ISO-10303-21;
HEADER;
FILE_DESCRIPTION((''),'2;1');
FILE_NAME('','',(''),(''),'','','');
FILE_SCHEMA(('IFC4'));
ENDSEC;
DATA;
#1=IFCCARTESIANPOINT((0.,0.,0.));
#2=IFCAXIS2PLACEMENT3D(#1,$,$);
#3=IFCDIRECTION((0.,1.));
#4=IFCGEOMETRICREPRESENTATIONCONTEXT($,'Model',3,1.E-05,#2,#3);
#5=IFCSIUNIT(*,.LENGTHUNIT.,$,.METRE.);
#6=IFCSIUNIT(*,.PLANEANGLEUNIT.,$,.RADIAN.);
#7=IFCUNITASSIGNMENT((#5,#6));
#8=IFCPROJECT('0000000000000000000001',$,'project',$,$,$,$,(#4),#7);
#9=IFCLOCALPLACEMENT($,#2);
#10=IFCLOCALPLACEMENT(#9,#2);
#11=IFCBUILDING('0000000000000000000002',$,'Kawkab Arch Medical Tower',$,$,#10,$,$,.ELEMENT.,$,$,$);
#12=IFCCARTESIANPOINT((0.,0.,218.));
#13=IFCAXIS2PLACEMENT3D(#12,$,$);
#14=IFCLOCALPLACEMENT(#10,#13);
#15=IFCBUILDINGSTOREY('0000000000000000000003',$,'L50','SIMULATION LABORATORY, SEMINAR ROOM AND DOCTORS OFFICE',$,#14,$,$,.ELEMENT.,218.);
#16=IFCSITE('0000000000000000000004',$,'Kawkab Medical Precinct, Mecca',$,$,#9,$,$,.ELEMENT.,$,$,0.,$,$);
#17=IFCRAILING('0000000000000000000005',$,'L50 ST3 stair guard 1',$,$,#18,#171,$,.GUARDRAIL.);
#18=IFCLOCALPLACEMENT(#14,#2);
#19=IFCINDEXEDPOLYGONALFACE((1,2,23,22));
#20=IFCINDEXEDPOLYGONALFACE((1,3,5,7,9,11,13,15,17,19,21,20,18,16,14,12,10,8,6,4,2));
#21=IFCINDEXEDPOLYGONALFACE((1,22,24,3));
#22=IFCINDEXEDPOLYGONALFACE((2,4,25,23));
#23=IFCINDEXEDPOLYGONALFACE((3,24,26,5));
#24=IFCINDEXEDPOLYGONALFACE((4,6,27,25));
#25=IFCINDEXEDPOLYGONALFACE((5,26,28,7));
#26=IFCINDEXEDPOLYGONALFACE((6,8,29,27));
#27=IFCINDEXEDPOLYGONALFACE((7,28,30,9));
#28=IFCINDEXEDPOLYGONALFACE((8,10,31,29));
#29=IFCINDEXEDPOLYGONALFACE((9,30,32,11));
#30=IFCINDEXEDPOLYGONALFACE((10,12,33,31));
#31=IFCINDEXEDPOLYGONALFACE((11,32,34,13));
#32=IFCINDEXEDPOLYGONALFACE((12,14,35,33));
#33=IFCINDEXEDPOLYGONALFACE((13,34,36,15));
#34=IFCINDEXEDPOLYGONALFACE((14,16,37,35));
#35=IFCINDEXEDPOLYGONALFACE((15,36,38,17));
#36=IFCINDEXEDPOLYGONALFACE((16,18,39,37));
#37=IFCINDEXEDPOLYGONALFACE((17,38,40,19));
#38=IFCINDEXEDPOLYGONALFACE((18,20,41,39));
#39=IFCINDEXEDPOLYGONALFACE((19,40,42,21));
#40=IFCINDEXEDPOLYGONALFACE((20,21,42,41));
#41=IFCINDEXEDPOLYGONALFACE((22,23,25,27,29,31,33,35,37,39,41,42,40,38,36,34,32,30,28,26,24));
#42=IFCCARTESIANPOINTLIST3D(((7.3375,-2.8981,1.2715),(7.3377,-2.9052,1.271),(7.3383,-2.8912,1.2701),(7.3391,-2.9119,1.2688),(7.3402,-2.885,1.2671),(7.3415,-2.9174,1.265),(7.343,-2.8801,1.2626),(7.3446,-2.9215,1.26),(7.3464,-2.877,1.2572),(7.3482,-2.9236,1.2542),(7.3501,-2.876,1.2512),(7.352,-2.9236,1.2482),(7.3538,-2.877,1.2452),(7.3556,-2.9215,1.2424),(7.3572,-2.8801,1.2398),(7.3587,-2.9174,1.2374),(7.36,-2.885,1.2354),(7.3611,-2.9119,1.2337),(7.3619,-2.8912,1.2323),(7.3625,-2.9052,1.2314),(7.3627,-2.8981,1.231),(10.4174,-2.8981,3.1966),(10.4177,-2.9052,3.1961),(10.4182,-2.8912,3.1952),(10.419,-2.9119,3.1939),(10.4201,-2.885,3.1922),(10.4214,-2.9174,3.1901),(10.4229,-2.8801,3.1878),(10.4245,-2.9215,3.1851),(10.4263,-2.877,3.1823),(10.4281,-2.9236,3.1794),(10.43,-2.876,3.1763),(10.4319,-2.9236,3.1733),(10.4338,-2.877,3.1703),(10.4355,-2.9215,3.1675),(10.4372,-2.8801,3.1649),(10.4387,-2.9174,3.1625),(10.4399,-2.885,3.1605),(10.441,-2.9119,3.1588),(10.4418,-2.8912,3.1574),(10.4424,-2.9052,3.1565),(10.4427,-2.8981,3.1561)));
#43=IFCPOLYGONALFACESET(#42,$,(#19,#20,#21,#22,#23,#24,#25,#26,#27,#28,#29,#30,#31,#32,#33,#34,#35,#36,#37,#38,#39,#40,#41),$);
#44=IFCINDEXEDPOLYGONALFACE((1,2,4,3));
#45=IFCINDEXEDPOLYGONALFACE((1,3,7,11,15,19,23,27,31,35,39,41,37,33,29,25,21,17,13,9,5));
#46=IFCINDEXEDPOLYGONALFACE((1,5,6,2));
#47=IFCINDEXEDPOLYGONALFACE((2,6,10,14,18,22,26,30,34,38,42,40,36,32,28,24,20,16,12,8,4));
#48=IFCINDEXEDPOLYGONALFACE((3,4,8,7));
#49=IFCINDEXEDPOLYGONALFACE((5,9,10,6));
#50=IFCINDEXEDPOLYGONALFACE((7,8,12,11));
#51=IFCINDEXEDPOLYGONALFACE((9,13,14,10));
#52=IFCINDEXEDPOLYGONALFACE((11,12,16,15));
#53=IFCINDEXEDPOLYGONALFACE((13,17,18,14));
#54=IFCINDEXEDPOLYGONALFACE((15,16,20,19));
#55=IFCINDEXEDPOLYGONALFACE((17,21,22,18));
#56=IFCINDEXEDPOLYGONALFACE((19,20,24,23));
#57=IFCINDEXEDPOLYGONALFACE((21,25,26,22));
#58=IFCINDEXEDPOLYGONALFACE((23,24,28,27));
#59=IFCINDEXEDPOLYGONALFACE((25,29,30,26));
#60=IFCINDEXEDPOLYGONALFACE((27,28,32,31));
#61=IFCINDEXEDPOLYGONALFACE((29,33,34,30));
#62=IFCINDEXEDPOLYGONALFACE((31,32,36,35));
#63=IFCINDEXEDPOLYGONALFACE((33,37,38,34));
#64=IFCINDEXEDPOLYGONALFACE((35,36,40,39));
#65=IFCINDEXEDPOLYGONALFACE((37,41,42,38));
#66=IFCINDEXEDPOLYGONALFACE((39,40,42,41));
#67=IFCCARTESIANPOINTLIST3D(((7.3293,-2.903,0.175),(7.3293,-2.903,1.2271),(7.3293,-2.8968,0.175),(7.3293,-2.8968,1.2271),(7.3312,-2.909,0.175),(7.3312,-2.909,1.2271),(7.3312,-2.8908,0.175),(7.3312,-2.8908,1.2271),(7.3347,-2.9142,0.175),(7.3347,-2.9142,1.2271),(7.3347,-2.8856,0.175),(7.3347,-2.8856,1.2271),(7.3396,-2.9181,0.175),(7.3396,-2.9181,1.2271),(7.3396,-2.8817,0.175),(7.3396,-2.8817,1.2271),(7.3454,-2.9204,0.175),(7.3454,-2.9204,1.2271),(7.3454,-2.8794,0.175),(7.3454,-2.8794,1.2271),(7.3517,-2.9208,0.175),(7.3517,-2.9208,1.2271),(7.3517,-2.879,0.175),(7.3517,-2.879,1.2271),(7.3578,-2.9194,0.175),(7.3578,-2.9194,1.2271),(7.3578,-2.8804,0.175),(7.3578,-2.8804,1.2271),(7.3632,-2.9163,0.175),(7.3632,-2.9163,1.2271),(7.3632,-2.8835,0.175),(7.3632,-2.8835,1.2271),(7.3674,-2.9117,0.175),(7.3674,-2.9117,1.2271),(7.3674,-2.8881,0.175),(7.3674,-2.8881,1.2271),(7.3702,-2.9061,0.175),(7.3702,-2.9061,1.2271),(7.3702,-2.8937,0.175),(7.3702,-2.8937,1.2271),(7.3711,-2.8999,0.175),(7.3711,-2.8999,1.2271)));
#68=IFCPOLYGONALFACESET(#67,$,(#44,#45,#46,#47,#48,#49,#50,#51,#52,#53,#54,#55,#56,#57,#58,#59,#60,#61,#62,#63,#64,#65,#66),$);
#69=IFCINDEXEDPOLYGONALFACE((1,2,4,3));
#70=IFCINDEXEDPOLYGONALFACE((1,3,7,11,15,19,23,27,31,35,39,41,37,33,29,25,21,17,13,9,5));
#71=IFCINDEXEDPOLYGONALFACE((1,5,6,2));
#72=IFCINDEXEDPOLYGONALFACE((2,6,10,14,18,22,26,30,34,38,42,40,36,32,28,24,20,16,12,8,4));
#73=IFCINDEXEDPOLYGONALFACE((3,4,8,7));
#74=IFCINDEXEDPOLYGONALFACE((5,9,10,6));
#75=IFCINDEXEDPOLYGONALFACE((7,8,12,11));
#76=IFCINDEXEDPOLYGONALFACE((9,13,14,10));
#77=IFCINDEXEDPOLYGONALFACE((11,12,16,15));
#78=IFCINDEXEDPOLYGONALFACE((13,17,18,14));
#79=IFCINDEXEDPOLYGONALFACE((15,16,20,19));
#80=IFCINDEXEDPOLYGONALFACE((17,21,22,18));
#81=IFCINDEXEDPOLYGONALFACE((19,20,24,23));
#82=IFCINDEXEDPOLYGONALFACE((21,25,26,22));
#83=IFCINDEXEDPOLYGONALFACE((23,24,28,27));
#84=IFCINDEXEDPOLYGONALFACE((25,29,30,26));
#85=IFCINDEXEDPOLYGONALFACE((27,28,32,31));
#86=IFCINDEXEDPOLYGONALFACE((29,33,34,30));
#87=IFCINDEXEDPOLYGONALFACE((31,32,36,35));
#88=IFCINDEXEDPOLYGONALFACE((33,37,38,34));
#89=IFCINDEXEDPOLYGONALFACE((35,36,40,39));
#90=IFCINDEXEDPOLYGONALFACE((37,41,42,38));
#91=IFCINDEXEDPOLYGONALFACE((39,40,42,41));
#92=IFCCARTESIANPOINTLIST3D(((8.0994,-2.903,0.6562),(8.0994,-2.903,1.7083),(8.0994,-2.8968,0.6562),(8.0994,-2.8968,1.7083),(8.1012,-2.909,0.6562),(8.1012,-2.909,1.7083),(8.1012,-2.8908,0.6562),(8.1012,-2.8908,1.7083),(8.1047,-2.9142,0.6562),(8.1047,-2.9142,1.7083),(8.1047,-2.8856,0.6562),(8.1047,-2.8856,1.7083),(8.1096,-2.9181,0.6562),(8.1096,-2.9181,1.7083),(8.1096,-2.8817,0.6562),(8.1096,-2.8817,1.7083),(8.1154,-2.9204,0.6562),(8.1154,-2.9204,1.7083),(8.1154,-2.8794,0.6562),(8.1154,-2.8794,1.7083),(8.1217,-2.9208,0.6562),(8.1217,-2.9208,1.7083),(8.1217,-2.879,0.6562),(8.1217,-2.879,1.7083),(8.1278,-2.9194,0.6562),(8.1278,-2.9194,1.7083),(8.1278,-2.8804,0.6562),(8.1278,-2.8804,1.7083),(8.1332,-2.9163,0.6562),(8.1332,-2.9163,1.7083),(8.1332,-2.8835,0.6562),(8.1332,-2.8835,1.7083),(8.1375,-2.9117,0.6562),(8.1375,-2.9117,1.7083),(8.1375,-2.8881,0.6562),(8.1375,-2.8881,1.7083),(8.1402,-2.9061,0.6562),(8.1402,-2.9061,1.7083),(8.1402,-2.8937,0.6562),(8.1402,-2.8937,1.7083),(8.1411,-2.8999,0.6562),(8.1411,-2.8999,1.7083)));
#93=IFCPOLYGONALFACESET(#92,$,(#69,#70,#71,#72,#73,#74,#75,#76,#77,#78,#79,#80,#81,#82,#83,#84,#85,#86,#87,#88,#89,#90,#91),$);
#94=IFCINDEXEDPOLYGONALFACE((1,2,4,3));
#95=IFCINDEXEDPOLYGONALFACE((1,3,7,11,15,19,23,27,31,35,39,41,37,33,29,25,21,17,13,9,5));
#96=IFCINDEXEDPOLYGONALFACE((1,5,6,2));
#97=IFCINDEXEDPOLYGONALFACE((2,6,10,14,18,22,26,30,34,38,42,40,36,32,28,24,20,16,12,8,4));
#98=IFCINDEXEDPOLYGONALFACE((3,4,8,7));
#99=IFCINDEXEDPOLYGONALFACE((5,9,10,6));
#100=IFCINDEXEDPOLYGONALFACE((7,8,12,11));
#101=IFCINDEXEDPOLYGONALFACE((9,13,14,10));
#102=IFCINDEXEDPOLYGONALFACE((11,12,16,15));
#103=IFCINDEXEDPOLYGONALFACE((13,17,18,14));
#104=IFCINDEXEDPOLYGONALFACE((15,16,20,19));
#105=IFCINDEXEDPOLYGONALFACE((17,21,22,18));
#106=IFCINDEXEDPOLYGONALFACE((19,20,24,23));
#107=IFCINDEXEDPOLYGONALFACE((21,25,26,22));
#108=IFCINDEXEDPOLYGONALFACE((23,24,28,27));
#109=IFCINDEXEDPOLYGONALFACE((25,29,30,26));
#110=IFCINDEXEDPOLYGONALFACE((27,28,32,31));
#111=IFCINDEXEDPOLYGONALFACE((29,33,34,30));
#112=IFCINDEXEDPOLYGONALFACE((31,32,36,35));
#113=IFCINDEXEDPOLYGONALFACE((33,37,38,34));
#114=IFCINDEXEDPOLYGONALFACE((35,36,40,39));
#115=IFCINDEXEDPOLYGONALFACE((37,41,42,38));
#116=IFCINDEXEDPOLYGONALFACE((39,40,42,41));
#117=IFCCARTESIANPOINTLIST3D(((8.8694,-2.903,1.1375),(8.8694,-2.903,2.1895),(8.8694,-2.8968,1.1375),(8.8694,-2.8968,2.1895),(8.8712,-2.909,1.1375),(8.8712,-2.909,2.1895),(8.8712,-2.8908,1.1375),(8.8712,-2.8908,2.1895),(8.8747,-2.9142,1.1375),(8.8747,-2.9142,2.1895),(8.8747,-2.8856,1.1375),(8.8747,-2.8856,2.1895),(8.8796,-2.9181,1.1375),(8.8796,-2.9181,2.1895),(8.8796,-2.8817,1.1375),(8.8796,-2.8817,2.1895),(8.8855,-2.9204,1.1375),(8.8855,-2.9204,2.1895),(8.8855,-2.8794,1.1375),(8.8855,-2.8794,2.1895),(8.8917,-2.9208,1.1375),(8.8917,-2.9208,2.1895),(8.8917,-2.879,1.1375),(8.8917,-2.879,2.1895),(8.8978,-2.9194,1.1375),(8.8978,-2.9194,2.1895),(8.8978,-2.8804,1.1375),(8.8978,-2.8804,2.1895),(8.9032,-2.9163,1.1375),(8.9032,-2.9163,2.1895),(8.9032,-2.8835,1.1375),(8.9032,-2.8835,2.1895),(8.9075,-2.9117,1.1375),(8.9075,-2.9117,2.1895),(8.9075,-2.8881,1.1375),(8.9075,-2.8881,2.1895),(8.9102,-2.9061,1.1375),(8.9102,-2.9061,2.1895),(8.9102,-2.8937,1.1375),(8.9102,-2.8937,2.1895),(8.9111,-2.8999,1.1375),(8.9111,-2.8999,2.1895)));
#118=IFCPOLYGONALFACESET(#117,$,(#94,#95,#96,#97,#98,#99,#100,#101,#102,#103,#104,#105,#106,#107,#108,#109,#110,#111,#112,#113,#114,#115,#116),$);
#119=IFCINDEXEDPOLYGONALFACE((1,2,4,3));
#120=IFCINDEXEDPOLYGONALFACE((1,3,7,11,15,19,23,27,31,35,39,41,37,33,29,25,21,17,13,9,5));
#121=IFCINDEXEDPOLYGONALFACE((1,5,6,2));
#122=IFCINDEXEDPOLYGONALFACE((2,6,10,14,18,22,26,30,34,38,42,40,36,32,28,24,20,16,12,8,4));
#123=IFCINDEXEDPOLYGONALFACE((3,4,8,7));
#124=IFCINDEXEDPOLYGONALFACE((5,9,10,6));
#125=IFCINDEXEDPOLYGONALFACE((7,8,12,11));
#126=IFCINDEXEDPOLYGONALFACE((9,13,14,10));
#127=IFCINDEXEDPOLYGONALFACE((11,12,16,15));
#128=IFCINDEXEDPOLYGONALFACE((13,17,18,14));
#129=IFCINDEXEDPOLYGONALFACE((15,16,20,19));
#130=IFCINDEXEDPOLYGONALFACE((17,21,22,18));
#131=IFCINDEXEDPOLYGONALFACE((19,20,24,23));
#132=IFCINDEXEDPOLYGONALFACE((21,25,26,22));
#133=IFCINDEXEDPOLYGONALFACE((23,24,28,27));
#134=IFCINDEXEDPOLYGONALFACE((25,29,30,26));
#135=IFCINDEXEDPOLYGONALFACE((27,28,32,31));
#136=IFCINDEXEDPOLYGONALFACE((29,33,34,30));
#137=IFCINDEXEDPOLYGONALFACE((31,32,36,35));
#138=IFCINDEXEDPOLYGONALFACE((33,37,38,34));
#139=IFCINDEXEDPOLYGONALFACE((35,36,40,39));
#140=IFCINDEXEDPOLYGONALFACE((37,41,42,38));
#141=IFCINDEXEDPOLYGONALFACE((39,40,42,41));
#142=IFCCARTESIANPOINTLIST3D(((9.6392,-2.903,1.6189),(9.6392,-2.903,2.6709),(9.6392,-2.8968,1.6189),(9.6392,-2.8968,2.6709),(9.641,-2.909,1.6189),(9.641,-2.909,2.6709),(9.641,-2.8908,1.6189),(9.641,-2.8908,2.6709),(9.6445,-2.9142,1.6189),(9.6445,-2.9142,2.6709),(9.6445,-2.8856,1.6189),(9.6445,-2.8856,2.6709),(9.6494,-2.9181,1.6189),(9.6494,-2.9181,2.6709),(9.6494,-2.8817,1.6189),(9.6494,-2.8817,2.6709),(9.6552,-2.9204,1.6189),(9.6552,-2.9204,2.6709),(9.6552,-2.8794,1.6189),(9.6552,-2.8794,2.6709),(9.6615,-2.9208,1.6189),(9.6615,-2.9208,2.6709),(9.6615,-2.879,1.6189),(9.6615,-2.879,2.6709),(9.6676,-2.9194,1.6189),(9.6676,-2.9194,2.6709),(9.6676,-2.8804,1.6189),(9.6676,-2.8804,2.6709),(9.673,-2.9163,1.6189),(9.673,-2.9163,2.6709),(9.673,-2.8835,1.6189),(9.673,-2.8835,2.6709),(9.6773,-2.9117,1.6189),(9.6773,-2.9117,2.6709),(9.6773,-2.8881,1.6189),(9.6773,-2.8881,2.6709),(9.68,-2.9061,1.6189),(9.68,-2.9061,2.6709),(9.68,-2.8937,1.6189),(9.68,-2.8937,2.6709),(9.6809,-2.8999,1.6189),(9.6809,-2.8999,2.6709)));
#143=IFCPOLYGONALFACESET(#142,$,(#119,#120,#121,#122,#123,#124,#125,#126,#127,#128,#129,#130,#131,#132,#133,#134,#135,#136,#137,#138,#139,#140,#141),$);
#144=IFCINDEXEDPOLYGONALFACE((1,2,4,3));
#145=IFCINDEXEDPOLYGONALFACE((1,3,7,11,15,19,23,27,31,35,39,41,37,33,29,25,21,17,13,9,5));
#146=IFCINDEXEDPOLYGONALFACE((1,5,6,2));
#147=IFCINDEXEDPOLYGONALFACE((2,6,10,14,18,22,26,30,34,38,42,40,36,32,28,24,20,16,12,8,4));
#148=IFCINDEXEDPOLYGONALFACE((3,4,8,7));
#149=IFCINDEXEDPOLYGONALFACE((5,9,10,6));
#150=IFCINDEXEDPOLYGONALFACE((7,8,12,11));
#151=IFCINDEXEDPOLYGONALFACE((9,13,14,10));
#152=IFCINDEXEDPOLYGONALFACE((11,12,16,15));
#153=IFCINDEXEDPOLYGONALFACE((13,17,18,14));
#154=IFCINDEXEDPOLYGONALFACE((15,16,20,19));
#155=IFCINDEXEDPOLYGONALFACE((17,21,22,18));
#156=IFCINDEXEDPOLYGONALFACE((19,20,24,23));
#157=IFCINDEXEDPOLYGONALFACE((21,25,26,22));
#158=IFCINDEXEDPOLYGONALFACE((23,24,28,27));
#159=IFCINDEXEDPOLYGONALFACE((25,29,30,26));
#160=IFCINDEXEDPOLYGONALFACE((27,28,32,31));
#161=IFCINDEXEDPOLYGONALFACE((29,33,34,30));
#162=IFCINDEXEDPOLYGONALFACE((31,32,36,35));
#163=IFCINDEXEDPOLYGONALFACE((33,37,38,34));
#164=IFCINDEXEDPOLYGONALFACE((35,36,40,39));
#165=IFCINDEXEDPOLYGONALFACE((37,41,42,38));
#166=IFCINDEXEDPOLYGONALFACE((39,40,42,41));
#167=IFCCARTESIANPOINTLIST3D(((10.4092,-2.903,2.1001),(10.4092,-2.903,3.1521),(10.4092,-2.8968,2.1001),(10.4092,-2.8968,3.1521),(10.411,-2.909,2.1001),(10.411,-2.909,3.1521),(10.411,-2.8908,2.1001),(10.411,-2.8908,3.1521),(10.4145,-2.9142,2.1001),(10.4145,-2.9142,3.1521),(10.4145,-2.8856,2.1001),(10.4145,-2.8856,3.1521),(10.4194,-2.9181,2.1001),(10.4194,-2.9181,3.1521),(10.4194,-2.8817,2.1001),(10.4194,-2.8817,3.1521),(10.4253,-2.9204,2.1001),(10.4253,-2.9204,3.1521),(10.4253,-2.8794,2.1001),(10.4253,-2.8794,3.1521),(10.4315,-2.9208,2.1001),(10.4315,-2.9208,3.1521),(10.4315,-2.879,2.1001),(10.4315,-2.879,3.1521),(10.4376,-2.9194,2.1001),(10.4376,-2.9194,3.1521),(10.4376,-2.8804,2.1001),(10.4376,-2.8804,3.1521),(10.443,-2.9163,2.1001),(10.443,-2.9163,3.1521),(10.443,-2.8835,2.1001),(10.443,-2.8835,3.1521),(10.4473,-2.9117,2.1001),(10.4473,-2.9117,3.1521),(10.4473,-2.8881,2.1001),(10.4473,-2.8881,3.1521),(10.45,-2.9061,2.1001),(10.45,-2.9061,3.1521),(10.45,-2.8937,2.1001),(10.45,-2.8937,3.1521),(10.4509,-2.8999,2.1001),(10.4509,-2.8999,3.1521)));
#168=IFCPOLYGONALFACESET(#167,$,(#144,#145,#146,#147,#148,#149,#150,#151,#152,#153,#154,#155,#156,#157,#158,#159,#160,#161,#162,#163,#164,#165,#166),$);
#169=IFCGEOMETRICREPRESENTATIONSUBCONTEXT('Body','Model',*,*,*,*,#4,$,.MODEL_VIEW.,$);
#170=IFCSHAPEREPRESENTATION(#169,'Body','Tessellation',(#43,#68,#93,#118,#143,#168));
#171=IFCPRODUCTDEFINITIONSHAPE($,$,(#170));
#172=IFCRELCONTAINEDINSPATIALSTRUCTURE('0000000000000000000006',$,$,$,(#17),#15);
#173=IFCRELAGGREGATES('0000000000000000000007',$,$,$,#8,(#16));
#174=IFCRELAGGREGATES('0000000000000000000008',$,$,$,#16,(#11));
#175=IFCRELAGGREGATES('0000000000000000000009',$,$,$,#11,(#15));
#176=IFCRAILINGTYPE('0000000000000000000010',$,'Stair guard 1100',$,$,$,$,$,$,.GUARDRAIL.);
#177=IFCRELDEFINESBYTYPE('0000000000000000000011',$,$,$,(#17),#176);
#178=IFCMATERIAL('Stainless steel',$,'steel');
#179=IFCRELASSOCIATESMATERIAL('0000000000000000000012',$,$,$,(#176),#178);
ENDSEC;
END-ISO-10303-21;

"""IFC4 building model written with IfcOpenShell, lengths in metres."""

from ifc_helpers import new_model, si_unit, direction, frame, origin, origin_2d, place, context, subcontext, project, spatial, circle, extrude, material, type_object, element, save


model = new_model("IFC4")

# Units and contexts
model_context = context("Model", 3, precision=1e-05, world=origin(), true_north=direction((0.0, 1.0)))
body_context = subcontext(model_context, "Body", "Model", "MODEL_VIEW")
ifc_project = project(units=[si_unit("LENGTHUNIT", "METRE"), si_unit("PLANEANGLEUNIT", "RADIAN")], contexts=[model_context])

# Site, building, storey
site_placement = place(None, origin())
site = spatial("IfcSite", under=ifc_project, at=site_placement, Name="Kawkab Medical Precinct, Mecca", CompositionType="ELEMENT", RefElevation=0.0)
building_placement = place(site_placement, origin())
building = spatial("IfcBuilding", under=site, at=building_placement, Name="Kawkab Arch Medical Tower", CompositionType="ELEMENT")
storey_placement = place(building_placement, frame((0.0, 0.0, 218.0)))
storey = spatial("IfcBuildingStorey", under=building, at=storey_placement, Name="L50", Description="SIMULATION LABORATORY, SEMINAR ROOM AND DOCTORS OFFICE", CompositionType="ELEMENT", Elevation=218.0)

# Railing
ifc_material_1 = material(Name="Stainless steel", Category="steel")
railing_type_1 = type_object("IfcRailingType", Name="Stair guard 1100", PredefinedType="GUARDRAIL", material=ifc_material_1)
railing_1_placement = place(storey_placement, frame((7.3501, -2.8999, 0.175)))
element("IfcRailing", 1, at=railing_1_placement, inside=storey, type_object=railing_type_1, Name="L50 ST3 stair guard 1", PredefinedType="GUARDRAIL", context=body_context, shape_type="SweptSolid", body=[
    extrude(circle(Radius=0.0239, at=origin_2d()), frame((0.0, 0.0, 1.0762), z_axis=(0.847979, 0.0, 0.530029), x_axis=(0.0, 1.0, 0.0)), (0.0, 0.0, 1.0), 3.6321),
    extrude(circle(Radius=0.021, at=origin_2d()), origin(), (0.0, 0.0, 1.0), 1.052),
    extrude(circle(Radius=0.021, at=origin_2d()), frame((0.77, 0.0, 0.4812)), (0.0, 0.0, 1.0), 1.052),
    extrude(circle(Radius=0.021, at=origin_2d()), frame((1.54, 0.0, 0.9624)), (0.0, 0.0, 1.0), 1.052),
    extrude(circle(Radius=0.021, at=origin_2d()), frame((2.3098, 0.0, 1.4438)), (0.0, 0.0, 1.0), 1.052),
    extrude(circle(Radius=0.021, at=origin_2d()), frame((3.0798, 0.0, 1.925)), (0.0, 0.0, 1.0), 1.052),
])

save(model, "model.ifc")
